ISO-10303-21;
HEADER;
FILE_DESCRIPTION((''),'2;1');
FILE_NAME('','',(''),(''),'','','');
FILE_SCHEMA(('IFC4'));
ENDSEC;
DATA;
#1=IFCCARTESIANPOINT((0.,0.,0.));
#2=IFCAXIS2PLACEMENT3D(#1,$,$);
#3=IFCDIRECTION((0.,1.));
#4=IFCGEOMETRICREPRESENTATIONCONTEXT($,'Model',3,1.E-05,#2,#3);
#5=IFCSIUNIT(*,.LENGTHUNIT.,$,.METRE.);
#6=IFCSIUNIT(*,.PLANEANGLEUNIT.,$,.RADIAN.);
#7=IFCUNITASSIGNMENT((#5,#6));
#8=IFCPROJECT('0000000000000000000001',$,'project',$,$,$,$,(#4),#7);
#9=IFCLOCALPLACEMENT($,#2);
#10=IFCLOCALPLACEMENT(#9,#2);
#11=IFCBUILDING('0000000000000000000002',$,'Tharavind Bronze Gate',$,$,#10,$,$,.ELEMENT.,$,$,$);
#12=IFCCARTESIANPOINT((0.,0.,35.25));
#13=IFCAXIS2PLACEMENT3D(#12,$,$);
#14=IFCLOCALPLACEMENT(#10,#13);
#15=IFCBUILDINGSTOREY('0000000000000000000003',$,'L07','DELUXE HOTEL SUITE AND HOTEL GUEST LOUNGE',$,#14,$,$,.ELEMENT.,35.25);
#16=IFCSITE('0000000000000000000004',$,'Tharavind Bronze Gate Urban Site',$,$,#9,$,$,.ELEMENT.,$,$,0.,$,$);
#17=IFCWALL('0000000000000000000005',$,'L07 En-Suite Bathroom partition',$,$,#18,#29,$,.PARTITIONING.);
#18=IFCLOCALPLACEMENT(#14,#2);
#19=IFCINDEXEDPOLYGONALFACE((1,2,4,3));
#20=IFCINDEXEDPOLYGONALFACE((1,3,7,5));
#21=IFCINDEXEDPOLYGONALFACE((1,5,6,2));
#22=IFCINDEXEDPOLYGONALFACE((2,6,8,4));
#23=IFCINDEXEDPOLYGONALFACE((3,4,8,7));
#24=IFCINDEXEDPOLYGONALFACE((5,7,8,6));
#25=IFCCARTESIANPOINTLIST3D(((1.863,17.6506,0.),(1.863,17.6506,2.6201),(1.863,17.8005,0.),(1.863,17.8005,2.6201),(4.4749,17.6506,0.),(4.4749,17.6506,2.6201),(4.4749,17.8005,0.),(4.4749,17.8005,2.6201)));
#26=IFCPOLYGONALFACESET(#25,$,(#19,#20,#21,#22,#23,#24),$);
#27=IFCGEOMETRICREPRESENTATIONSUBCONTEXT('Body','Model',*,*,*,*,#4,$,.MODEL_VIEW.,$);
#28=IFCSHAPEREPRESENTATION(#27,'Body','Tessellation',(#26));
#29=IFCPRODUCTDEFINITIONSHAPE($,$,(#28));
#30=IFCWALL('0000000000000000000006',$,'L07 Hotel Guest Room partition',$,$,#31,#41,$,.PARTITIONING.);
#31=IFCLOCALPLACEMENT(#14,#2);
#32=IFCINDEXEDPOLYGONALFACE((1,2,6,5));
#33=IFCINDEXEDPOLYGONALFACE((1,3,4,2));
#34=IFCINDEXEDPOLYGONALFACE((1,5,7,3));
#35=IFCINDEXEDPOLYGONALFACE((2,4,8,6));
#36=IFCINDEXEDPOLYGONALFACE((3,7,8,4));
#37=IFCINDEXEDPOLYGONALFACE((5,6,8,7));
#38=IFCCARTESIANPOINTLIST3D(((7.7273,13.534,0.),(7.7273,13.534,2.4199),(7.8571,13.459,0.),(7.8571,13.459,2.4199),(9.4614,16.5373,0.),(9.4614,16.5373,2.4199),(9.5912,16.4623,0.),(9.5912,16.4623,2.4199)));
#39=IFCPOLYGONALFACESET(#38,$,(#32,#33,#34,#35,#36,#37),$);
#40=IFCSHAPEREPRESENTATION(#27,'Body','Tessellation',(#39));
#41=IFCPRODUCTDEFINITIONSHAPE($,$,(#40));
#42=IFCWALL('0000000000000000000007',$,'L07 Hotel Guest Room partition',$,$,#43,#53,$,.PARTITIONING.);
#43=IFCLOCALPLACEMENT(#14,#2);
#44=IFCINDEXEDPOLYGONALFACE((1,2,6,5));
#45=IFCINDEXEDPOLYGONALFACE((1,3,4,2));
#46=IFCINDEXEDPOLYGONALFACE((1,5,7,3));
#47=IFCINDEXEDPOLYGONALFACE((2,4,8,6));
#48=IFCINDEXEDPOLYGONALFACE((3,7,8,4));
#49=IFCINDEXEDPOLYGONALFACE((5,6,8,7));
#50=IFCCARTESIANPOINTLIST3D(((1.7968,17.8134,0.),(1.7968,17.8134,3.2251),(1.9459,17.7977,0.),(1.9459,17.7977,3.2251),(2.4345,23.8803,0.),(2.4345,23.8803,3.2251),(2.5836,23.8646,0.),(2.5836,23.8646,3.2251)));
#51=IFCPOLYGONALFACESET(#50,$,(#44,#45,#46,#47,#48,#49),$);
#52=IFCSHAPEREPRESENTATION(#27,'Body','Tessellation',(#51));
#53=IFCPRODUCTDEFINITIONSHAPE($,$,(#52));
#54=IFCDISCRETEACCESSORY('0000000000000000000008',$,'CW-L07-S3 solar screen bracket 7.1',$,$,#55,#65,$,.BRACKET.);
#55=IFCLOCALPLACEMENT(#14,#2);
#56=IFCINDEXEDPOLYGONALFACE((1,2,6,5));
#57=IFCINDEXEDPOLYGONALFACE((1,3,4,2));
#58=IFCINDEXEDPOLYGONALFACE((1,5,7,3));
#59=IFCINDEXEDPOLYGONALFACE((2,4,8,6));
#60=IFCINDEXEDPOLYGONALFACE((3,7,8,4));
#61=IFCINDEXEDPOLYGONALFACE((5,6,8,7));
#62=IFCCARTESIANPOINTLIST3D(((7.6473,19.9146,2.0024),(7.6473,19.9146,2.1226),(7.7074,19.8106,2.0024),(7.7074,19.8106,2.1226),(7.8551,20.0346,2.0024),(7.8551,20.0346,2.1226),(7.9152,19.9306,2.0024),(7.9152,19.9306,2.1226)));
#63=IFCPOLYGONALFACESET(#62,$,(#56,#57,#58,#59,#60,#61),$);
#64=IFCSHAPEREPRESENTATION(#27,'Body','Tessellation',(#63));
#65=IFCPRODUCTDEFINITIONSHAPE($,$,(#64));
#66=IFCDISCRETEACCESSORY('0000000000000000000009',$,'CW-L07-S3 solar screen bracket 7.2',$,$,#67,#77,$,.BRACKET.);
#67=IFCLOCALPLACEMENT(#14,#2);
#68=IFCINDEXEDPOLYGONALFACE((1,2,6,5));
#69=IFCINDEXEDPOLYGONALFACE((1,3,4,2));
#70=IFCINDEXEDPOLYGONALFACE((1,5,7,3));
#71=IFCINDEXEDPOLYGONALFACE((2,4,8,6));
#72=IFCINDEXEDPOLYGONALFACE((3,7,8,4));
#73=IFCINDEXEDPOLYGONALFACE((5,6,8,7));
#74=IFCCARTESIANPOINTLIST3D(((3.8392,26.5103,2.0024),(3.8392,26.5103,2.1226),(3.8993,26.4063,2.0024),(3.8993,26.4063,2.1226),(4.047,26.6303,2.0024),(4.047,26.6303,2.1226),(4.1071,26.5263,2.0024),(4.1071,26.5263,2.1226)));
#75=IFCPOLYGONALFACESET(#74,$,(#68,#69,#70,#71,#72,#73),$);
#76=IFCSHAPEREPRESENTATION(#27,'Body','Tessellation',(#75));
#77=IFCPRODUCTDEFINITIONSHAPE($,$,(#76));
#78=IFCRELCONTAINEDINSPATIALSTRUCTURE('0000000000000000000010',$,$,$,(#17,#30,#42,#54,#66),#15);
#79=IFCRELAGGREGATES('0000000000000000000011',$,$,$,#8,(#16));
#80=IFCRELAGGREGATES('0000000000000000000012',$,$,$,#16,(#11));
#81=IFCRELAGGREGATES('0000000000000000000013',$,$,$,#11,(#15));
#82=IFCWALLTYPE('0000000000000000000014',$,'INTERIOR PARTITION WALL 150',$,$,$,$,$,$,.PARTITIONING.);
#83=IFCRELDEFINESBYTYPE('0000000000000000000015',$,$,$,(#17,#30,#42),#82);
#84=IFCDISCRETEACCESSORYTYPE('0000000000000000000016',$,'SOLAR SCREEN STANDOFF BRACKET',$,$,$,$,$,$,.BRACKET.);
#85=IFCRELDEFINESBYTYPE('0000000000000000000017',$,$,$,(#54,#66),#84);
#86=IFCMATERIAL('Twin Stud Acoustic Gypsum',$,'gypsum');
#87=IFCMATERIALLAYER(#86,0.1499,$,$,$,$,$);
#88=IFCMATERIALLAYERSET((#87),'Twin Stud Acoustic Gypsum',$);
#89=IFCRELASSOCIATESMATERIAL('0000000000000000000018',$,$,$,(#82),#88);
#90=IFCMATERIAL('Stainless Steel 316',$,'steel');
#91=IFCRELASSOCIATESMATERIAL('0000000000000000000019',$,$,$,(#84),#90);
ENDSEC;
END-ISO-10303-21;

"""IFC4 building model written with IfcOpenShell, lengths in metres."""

from ifc_helpers import new_model, si_unit, direction, frame, frame_2d, origin, origin_2d, place, context, subcontext, project, spatial, rectangle, extrude, material, layer, layer_set, type_object, element, save


model = new_model("IFC4")

# Units and contexts
model_context = context("Model", 3, precision=1e-05, world=origin(), true_north=direction((0.0, 1.0)))
body_context = subcontext(model_context, "Body", "Model", "MODEL_VIEW")
ifc_project = project(units=[si_unit("LENGTHUNIT", "METRE"), si_unit("PLANEANGLEUNIT", "RADIAN")], contexts=[model_context])

# Site, building, storey
site_placement = place(None, origin())
site = spatial("IfcSite", under=ifc_project, at=site_placement, Name="Tharavind Bronze Gate Urban Site", CompositionType="ELEMENT", RefElevation=0.0)
building_placement = place(site_placement, origin())
building = spatial("IfcBuilding", under=site, at=building_placement, Name="Tharavind Bronze Gate", CompositionType="ELEMENT")
storey_placement = place(building_placement, frame((0.0, 0.0, 35.25)))
storey = spatial("IfcBuildingStorey", under=building, at=storey_placement, Name="L07", Description="DELUXE HOTEL SUITE AND HOTEL GUEST LOUNGE", CompositionType="ELEMENT", Elevation=35.25)

# Shared definitions
ifc_material_1 = material(Name="Twin Stud Acoustic Gypsum", Category="gypsum")
ifc_layer_1 = layer(ifc_material_1, 0.1499)
ifc_layer_set_1 = layer_set([ifc_layer_1], Name="Twin Stud Acoustic Gypsum")
wall_type_1 = type_object("IfcWallType", Name="INTERIOR PARTITION WALL 150", PredefinedType="PARTITIONING", material=ifc_layer_set_1)

# Walls
wall_1_placement = place(storey_placement, frame((1.863, 17.7256, 0.0), z_axis=(0.0, 0.0, 1.0), x_axis=(1.0, 0.0, 0.0)))
element("IfcWall", 1, at=wall_1_placement, inside=storey, type_object=wall_type_1, Name="L07 En-Suite Bathroom partition", PredefinedType="PARTITIONING", context=body_context, shape_type="SweptSolid", body=[
    extrude(rectangle(XDim=2.6118, YDim=0.1499, at=frame_2d((1.3059, 0.0))), origin(), (0.0, 0.0, 1.0), 2.6201),
])
wall_2_placement = place(storey_placement, frame((7.7922, 13.4966, 0.0), z_axis=(0.0, 0.0, 1.0), x_axis=(0.500023, 0.866012, 0.0)))
element("IfcWall", 2, at=wall_2_placement, inside=storey, type_object=wall_type_1, Name="L07 Hotel Guest Room partition", PredefinedType="PARTITIONING", context=body_context, shape_type="SweptSolid", body=[
    extrude(rectangle(XDim=3.468, YDim=0.1499, at=frame_2d((1.7339, 0.0))), origin(), (0.0, 0.0, 1.0), 2.4199),
])
wall_3_placement = place(storey_placement, frame((1.8713, 17.8054, 0.0), z_axis=(0.0, 0.0, 1.0), x_axis=(0.104535, 0.994521, 0.0)))
element("IfcWall", 3, at=wall_3_placement, inside=storey, type_object=wall_type_1, Name="L07 Hotel Guest Room partition", PredefinedType="PARTITIONING", context=body_context, shape_type="SweptSolid", body=[
    extrude(rectangle(XDim=6.1003, YDim=0.1499, at=frame_2d((3.0503, 0.0))), origin(), (0.0, 0.0, 1.0), 3.2251),
])

# Discrete accessories
ifc_material_2 = material(Name="Stainless Steel 316", Category="steel")
discrete_accessory_type = type_object("IfcDiscreteAccessoryType", Name="SOLAR SCREEN STANDOFF BRACKET", PredefinedType="BRACKET", material=ifc_material_2)
for number, where, z_axis, x_axis, name in (
    (4, (7.7812, 19.9226, 2.0024), (0.0, 0.0, 1.0), (-0.500002, 0.866025, 0.0), "CW-L07-S3 solar screen bracket 7.1"),
    (5, (3.9731, 26.5183, 2.0024), (0.0, 0.0, 1.0), (-0.500002, 0.866025, 0.0), "CW-L07-S3 solar screen bracket 7.2"),
):
    element("IfcDiscreteAccessory", number, at=place(storey_placement, frame(where, z_axis=z_axis, x_axis=x_axis)), inside=storey, type_object=discrete_accessory_type, Name=name, PredefinedType="BRACKET", context=body_context, shape_type="SweptSolid", body=[
        extrude(rectangle(XDim=0.1201, YDim=0.24, at=origin_2d()), origin(), (0.0, 0.0, 1.0), 0.1201),
    ])

save(model, "model.ifc")
